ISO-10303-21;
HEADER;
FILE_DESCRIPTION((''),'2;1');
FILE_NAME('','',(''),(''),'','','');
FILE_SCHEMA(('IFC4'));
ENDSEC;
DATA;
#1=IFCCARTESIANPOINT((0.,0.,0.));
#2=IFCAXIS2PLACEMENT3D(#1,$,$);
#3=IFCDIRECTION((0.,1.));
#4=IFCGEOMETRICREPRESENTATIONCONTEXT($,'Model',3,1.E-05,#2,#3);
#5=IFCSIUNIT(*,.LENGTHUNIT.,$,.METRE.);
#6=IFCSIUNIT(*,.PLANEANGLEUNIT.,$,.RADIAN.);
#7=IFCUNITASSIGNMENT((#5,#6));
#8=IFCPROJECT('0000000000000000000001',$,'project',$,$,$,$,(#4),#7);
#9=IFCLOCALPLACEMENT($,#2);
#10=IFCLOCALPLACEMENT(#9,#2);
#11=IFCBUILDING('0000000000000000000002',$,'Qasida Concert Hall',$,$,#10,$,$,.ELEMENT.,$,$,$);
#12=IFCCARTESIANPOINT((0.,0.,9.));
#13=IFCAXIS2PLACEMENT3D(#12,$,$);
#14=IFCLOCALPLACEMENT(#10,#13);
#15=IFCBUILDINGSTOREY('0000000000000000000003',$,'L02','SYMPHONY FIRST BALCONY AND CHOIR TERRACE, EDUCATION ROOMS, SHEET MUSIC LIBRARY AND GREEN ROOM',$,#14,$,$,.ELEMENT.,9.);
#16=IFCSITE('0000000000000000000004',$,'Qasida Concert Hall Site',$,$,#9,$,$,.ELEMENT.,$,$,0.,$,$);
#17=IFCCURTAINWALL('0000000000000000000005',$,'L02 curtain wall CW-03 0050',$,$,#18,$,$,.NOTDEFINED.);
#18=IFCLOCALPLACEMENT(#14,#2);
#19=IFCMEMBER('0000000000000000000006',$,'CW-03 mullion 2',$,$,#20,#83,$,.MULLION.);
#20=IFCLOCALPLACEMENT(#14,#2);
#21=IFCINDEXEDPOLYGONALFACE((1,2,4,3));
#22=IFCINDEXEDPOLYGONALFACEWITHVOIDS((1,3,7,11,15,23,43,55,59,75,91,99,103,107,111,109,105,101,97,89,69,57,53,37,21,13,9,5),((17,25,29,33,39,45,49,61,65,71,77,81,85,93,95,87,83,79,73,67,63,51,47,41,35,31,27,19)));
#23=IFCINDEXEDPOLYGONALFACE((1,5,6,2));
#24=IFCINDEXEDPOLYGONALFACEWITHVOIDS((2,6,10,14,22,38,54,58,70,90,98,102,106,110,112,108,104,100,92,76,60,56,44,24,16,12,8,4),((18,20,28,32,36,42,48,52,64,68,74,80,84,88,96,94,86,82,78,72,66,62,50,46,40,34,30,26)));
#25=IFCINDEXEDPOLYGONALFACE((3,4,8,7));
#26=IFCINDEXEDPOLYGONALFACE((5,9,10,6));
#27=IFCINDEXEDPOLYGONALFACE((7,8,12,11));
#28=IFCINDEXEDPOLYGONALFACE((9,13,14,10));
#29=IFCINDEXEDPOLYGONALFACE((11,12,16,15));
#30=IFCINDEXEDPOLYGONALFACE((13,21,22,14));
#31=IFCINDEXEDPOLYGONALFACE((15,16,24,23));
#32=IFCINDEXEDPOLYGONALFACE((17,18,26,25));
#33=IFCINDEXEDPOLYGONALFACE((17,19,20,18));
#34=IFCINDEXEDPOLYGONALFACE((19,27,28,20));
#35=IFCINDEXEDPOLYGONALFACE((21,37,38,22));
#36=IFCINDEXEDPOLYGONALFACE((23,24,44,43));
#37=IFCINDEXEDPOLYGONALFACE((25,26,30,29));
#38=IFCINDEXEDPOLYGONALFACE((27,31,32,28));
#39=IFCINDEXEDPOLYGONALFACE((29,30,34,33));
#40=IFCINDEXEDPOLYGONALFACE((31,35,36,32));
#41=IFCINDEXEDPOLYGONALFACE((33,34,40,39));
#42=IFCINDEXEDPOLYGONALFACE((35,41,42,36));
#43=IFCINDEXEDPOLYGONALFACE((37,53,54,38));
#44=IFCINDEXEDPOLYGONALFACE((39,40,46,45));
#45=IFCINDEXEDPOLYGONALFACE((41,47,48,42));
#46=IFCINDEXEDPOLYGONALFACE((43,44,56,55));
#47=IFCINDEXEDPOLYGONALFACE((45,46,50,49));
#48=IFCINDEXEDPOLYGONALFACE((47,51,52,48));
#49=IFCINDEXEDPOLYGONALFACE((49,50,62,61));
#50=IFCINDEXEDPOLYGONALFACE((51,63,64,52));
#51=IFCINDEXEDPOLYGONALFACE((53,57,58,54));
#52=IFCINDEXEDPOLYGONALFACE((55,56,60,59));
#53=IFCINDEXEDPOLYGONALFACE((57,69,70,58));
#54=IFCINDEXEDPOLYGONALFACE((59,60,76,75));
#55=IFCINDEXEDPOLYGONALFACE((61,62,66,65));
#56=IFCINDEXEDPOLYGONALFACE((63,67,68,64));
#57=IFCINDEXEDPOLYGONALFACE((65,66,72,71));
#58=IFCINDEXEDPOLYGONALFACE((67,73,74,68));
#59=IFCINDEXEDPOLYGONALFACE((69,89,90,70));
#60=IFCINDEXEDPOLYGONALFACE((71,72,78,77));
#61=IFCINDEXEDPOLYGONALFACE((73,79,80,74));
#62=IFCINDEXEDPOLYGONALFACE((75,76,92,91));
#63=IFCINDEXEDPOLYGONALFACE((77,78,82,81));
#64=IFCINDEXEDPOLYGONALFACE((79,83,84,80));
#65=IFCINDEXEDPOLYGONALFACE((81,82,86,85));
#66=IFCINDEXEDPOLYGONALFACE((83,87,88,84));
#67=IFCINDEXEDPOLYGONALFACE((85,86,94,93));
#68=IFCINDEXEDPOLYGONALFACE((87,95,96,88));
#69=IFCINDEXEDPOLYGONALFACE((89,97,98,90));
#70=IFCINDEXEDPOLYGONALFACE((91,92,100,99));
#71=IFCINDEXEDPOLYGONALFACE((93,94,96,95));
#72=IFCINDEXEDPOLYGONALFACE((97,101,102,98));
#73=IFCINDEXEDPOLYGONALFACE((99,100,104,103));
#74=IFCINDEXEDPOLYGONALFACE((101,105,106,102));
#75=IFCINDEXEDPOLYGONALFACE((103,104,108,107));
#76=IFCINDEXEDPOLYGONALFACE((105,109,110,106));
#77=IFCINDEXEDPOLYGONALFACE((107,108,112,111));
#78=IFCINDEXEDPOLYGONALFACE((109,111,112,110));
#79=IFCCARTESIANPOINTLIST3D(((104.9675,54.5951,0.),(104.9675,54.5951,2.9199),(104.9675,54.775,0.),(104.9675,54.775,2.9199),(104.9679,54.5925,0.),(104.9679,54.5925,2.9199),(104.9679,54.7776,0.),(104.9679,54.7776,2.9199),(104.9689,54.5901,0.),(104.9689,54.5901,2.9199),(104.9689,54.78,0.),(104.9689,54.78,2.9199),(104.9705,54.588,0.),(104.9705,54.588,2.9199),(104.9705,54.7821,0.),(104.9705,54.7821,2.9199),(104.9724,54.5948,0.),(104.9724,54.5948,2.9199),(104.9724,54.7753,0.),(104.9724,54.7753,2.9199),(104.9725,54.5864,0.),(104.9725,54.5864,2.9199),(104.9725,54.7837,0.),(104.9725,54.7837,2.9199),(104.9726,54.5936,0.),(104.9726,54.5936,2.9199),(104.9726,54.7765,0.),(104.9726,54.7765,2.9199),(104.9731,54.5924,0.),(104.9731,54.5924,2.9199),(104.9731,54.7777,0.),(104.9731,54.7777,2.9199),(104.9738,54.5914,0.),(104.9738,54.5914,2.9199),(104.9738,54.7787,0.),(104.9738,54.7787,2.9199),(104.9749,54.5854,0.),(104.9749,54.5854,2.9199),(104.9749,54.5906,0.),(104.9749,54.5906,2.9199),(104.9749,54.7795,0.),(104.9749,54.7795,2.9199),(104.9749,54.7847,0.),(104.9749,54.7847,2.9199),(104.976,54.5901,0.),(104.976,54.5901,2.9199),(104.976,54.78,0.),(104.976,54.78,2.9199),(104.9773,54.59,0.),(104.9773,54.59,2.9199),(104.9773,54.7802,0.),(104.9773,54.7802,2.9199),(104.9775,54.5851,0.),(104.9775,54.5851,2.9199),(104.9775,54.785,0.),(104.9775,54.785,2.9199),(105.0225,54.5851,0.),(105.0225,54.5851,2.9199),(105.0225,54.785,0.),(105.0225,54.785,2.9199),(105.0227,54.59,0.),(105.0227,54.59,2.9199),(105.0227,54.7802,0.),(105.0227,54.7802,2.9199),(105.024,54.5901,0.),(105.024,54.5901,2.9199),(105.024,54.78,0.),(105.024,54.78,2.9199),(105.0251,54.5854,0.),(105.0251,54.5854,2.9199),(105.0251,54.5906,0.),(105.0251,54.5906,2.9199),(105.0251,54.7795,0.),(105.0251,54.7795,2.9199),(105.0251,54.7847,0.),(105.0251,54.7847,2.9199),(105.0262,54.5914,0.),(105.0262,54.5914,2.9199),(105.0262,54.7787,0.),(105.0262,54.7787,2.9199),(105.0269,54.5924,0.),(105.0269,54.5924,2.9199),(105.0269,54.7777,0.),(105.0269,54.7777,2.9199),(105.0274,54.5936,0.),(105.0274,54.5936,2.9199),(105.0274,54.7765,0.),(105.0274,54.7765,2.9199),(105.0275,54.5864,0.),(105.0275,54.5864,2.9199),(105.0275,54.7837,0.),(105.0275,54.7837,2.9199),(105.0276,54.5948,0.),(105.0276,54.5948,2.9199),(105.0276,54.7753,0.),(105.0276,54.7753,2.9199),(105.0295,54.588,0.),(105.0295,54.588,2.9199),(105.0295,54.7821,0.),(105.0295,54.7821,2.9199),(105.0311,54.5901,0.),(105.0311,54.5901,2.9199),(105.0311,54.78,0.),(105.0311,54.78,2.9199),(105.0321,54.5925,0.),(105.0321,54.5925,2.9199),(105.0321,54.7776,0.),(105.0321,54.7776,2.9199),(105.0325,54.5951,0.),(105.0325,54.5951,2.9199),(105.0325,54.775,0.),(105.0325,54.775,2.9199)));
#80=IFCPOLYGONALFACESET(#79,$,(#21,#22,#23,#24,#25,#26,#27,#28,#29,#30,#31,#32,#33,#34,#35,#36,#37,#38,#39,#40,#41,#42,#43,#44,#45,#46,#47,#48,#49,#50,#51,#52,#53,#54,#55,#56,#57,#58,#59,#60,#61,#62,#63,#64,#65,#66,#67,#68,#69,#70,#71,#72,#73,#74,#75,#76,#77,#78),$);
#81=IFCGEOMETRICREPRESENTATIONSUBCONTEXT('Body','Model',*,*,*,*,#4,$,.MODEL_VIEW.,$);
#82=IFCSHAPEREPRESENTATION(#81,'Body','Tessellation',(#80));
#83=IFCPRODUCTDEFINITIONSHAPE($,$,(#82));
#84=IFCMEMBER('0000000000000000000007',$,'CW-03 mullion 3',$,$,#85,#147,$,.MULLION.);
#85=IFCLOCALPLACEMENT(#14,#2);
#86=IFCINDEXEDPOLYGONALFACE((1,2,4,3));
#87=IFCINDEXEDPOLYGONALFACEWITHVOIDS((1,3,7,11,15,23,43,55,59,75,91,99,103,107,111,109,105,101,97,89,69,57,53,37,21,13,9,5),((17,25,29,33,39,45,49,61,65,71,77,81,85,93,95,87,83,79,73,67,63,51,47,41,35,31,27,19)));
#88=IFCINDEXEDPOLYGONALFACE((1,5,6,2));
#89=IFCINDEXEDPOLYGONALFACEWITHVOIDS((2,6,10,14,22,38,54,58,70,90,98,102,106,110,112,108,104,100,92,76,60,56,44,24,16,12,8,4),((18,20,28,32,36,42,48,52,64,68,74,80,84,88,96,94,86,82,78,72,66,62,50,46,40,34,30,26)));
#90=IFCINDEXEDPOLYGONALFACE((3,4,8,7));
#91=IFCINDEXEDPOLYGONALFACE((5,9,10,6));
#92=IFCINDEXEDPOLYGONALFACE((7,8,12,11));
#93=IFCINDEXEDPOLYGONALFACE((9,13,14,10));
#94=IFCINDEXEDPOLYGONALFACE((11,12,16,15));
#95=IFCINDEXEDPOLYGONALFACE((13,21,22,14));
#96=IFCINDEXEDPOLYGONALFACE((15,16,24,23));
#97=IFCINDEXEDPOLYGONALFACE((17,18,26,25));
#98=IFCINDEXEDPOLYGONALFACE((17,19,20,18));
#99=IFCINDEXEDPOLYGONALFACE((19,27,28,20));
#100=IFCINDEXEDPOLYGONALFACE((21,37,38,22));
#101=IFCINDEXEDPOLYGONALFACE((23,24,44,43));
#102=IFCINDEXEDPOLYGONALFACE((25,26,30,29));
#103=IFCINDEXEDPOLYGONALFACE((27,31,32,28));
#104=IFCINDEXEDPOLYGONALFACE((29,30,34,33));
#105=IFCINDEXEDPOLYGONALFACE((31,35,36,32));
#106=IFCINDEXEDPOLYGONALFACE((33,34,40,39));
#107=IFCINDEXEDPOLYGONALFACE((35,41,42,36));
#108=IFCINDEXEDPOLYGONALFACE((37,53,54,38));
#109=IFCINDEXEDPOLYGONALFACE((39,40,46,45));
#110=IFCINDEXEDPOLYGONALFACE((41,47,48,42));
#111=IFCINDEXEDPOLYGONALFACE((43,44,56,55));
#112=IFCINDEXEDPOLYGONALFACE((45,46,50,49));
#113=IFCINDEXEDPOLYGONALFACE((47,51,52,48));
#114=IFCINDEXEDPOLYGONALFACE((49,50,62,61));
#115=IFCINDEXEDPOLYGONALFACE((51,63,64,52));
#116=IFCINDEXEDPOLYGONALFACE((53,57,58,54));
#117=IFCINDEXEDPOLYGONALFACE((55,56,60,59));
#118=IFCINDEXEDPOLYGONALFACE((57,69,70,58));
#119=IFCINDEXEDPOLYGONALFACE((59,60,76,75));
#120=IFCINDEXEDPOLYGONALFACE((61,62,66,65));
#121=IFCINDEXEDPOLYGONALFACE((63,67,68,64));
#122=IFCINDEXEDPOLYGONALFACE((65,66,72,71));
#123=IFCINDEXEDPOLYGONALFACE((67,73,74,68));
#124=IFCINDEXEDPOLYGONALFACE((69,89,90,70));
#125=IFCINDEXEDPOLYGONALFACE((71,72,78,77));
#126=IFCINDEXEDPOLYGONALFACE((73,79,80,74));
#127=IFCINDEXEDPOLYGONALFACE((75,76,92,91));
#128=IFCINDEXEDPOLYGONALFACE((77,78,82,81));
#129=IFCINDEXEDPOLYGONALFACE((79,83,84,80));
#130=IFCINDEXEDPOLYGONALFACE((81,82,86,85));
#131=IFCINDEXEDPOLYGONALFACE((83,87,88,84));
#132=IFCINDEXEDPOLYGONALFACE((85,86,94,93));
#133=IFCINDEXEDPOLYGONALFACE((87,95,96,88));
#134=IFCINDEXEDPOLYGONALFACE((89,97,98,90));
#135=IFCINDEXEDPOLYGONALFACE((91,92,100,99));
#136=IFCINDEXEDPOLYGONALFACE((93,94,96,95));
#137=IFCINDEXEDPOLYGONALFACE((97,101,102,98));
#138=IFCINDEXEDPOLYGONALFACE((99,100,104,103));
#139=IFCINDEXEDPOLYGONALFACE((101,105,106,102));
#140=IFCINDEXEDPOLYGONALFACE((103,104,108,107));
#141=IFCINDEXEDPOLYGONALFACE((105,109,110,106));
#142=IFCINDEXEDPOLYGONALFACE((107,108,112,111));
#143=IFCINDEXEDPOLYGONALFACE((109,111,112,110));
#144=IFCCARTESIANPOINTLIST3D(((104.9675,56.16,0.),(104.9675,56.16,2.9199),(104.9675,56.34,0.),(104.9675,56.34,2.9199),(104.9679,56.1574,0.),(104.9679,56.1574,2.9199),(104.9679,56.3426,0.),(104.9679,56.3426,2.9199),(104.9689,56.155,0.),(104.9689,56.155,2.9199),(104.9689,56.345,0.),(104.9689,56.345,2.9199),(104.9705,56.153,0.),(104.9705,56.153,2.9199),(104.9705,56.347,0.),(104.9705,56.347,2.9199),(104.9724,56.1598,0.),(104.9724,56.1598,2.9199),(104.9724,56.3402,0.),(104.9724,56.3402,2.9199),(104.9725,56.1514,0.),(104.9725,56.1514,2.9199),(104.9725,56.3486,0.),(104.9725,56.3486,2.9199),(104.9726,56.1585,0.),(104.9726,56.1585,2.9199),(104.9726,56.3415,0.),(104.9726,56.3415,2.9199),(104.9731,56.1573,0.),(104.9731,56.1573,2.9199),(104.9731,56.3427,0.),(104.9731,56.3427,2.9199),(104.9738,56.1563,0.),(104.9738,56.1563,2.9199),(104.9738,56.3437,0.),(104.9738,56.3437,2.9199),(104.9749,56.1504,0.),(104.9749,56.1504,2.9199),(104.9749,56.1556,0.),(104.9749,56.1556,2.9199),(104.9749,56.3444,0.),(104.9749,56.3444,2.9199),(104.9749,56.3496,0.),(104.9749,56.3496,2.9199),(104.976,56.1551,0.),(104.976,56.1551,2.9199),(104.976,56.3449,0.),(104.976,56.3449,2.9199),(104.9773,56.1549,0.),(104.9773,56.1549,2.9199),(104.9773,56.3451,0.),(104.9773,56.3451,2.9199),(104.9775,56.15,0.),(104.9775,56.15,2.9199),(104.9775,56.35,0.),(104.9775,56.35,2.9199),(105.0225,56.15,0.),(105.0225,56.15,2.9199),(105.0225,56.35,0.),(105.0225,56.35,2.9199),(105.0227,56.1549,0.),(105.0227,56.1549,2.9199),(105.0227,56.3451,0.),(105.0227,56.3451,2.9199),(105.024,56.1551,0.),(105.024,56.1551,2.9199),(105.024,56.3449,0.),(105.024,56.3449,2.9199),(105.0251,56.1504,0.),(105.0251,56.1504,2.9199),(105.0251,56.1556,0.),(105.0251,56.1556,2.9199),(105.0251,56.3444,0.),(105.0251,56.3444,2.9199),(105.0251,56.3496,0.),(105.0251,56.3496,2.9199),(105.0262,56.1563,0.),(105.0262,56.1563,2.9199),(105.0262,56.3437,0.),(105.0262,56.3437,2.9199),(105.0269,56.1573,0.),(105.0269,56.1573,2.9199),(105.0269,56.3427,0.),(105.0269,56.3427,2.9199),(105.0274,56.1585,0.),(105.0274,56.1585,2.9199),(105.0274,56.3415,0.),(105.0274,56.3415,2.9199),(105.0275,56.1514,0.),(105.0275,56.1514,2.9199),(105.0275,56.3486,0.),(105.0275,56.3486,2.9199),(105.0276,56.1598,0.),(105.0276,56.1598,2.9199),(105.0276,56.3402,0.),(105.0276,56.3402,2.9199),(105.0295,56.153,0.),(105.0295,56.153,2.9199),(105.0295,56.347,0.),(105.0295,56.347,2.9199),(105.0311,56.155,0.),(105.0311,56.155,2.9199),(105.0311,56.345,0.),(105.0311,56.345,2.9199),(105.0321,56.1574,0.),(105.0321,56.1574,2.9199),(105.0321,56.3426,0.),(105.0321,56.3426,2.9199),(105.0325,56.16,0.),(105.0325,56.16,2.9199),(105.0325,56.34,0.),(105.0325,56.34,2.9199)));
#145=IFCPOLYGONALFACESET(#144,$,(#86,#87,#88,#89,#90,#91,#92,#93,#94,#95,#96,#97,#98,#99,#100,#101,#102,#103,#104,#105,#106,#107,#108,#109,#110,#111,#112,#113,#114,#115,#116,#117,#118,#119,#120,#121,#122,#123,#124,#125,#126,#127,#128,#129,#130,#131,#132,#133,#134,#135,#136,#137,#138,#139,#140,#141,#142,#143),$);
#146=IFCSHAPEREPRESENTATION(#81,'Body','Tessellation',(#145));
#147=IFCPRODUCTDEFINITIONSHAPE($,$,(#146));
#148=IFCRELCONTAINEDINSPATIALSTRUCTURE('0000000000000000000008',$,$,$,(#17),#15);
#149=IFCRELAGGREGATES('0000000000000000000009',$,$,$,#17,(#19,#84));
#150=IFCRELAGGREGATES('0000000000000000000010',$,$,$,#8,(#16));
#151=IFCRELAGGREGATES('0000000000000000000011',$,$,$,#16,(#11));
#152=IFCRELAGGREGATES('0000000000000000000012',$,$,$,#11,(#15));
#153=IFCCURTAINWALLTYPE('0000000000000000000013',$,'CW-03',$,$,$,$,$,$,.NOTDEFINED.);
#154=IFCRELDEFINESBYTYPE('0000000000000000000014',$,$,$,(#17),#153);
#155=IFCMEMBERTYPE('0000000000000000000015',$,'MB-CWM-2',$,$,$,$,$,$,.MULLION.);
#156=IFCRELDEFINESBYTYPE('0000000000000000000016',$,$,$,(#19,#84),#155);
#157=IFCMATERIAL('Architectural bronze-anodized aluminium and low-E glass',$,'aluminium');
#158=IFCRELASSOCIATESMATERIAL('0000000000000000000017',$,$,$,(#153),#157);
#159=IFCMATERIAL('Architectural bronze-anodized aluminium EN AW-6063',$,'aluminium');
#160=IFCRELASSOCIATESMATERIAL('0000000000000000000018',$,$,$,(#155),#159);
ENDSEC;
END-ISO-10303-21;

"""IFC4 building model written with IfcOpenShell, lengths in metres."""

from ifc_helpers import new_model, si_unit, direction, frame, origin, origin_2d, place, context, subcontext, project, spatial, hollow_rectangle, extrude, material, material_profile, profile_set, type_object, element, aggregate, save


model = new_model("IFC4")

# Units and contexts
model_context = context("Model", 3, precision=1e-05, world=origin(), true_north=direction((0.0, 1.0)))
body_context = subcontext(model_context, "Body", "Model", "MODEL_VIEW")
ifc_project = project(units=[si_unit("LENGTHUNIT", "METRE"), si_unit("PLANEANGLEUNIT", "RADIAN")], contexts=[model_context])

# Site, building, storey
site_placement = place(None, origin())
site = spatial("IfcSite", under=ifc_project, at=site_placement, Name="Qasida Concert Hall Site", CompositionType="ELEMENT", RefElevation=0.0)
building_placement = place(site_placement, origin())
building = spatial("IfcBuilding", under=site, at=building_placement, Name="Qasida Concert Hall", CompositionType="ELEMENT")
storey_placement = place(building_placement, frame((0.0, 0.0, 9.0)))
storey = spatial("IfcBuildingStorey", under=building, at=storey_placement, Name="L02", Description="SYMPHONY FIRST BALCONY AND CHOIR TERRACE, EDUCATION ROOMS, SHEET MUSIC LIBRARY AND GREEN ROOM", CompositionType="ELEMENT", Elevation=9.0)

# Curtain wall, members
ifc_material_1 = material(Name="Architectural bronze-anodized aluminium and low-E glass", Category="aluminium")
curtain_wall_type = type_object("IfcCurtainWallType", Name="CW-03", PredefinedType="NOTDEFINED", material=ifc_material_1)
curtain_wall_placement = place(storey_placement, origin())
curtain_wall = element("IfcCurtainWall", 1, at=curtain_wall_placement, inside=storey, type_object=curtain_wall_type, Name="L02 curtain wall CW-03 0050", PredefinedType="NOTDEFINED")
ifc_material_2 = material(Name="Architectural bronze-anodized aluminium EN AW-6063", Category="aluminium")
ifc_material_profile_1 = material_profile(ifc_material_2, hollow_rectangle(XDim=0.0649, YDim=0.2, WallThickness=0.0049, InnerFilletRadius=0.0049, OuterFilletRadius=0.01, at=origin_2d()), Name="CWM 200x65x5")
ifc_profile_set_1 = profile_set([ifc_material_profile_1], Name="Architectural bronze-anodized aluminium EN AW-6063")
member_type_1 = type_object("IfcMemberType", Name="MB-CWM-2", PredefinedType="MULLION", material=ifc_profile_set_1)
member_1_placement = place(storey_placement, frame((105.0, 54.6851, 0.0), z_axis=(0.0, 0.0, 1.0), x_axis=(-1.0, 0.0, 0.0)))
member_1 = element("IfcMember", 2, at=member_1_placement, type_object=member_type_1, Name="CW-03 mullion 2", PredefinedType="MULLION", context=body_context, shape_type="SweptSolid", body=[
    extrude(hollow_rectangle(XDim=0.0649, YDim=0.2, WallThickness=0.0049, InnerFilletRadius=0.0049, OuterFilletRadius=0.01, at=origin_2d()), origin(), (0.0, 0.0, 1.0), 2.9199),
])
member_2_placement = place(storey_placement, frame((105.0, 56.25, 0.0), z_axis=(0.0, 0.0, 1.0), x_axis=(-1.0, 0.0, 0.0)))
member_2 = element("IfcMember", 3, at=member_2_placement, type_object=member_type_1, Name="CW-03 mullion 3", PredefinedType="MULLION", context=body_context, shape_type="SweptSolid", body=[
    extrude(hollow_rectangle(XDim=0.0649, YDim=0.2, WallThickness=0.0049, InnerFilletRadius=0.0049, OuterFilletRadius=0.01, at=origin_2d()), origin(), (0.0, 0.0, 1.0), 2.9199),
])
aggregate(curtain_wall, [member_1, member_2])

save(model, "model.ifc")
